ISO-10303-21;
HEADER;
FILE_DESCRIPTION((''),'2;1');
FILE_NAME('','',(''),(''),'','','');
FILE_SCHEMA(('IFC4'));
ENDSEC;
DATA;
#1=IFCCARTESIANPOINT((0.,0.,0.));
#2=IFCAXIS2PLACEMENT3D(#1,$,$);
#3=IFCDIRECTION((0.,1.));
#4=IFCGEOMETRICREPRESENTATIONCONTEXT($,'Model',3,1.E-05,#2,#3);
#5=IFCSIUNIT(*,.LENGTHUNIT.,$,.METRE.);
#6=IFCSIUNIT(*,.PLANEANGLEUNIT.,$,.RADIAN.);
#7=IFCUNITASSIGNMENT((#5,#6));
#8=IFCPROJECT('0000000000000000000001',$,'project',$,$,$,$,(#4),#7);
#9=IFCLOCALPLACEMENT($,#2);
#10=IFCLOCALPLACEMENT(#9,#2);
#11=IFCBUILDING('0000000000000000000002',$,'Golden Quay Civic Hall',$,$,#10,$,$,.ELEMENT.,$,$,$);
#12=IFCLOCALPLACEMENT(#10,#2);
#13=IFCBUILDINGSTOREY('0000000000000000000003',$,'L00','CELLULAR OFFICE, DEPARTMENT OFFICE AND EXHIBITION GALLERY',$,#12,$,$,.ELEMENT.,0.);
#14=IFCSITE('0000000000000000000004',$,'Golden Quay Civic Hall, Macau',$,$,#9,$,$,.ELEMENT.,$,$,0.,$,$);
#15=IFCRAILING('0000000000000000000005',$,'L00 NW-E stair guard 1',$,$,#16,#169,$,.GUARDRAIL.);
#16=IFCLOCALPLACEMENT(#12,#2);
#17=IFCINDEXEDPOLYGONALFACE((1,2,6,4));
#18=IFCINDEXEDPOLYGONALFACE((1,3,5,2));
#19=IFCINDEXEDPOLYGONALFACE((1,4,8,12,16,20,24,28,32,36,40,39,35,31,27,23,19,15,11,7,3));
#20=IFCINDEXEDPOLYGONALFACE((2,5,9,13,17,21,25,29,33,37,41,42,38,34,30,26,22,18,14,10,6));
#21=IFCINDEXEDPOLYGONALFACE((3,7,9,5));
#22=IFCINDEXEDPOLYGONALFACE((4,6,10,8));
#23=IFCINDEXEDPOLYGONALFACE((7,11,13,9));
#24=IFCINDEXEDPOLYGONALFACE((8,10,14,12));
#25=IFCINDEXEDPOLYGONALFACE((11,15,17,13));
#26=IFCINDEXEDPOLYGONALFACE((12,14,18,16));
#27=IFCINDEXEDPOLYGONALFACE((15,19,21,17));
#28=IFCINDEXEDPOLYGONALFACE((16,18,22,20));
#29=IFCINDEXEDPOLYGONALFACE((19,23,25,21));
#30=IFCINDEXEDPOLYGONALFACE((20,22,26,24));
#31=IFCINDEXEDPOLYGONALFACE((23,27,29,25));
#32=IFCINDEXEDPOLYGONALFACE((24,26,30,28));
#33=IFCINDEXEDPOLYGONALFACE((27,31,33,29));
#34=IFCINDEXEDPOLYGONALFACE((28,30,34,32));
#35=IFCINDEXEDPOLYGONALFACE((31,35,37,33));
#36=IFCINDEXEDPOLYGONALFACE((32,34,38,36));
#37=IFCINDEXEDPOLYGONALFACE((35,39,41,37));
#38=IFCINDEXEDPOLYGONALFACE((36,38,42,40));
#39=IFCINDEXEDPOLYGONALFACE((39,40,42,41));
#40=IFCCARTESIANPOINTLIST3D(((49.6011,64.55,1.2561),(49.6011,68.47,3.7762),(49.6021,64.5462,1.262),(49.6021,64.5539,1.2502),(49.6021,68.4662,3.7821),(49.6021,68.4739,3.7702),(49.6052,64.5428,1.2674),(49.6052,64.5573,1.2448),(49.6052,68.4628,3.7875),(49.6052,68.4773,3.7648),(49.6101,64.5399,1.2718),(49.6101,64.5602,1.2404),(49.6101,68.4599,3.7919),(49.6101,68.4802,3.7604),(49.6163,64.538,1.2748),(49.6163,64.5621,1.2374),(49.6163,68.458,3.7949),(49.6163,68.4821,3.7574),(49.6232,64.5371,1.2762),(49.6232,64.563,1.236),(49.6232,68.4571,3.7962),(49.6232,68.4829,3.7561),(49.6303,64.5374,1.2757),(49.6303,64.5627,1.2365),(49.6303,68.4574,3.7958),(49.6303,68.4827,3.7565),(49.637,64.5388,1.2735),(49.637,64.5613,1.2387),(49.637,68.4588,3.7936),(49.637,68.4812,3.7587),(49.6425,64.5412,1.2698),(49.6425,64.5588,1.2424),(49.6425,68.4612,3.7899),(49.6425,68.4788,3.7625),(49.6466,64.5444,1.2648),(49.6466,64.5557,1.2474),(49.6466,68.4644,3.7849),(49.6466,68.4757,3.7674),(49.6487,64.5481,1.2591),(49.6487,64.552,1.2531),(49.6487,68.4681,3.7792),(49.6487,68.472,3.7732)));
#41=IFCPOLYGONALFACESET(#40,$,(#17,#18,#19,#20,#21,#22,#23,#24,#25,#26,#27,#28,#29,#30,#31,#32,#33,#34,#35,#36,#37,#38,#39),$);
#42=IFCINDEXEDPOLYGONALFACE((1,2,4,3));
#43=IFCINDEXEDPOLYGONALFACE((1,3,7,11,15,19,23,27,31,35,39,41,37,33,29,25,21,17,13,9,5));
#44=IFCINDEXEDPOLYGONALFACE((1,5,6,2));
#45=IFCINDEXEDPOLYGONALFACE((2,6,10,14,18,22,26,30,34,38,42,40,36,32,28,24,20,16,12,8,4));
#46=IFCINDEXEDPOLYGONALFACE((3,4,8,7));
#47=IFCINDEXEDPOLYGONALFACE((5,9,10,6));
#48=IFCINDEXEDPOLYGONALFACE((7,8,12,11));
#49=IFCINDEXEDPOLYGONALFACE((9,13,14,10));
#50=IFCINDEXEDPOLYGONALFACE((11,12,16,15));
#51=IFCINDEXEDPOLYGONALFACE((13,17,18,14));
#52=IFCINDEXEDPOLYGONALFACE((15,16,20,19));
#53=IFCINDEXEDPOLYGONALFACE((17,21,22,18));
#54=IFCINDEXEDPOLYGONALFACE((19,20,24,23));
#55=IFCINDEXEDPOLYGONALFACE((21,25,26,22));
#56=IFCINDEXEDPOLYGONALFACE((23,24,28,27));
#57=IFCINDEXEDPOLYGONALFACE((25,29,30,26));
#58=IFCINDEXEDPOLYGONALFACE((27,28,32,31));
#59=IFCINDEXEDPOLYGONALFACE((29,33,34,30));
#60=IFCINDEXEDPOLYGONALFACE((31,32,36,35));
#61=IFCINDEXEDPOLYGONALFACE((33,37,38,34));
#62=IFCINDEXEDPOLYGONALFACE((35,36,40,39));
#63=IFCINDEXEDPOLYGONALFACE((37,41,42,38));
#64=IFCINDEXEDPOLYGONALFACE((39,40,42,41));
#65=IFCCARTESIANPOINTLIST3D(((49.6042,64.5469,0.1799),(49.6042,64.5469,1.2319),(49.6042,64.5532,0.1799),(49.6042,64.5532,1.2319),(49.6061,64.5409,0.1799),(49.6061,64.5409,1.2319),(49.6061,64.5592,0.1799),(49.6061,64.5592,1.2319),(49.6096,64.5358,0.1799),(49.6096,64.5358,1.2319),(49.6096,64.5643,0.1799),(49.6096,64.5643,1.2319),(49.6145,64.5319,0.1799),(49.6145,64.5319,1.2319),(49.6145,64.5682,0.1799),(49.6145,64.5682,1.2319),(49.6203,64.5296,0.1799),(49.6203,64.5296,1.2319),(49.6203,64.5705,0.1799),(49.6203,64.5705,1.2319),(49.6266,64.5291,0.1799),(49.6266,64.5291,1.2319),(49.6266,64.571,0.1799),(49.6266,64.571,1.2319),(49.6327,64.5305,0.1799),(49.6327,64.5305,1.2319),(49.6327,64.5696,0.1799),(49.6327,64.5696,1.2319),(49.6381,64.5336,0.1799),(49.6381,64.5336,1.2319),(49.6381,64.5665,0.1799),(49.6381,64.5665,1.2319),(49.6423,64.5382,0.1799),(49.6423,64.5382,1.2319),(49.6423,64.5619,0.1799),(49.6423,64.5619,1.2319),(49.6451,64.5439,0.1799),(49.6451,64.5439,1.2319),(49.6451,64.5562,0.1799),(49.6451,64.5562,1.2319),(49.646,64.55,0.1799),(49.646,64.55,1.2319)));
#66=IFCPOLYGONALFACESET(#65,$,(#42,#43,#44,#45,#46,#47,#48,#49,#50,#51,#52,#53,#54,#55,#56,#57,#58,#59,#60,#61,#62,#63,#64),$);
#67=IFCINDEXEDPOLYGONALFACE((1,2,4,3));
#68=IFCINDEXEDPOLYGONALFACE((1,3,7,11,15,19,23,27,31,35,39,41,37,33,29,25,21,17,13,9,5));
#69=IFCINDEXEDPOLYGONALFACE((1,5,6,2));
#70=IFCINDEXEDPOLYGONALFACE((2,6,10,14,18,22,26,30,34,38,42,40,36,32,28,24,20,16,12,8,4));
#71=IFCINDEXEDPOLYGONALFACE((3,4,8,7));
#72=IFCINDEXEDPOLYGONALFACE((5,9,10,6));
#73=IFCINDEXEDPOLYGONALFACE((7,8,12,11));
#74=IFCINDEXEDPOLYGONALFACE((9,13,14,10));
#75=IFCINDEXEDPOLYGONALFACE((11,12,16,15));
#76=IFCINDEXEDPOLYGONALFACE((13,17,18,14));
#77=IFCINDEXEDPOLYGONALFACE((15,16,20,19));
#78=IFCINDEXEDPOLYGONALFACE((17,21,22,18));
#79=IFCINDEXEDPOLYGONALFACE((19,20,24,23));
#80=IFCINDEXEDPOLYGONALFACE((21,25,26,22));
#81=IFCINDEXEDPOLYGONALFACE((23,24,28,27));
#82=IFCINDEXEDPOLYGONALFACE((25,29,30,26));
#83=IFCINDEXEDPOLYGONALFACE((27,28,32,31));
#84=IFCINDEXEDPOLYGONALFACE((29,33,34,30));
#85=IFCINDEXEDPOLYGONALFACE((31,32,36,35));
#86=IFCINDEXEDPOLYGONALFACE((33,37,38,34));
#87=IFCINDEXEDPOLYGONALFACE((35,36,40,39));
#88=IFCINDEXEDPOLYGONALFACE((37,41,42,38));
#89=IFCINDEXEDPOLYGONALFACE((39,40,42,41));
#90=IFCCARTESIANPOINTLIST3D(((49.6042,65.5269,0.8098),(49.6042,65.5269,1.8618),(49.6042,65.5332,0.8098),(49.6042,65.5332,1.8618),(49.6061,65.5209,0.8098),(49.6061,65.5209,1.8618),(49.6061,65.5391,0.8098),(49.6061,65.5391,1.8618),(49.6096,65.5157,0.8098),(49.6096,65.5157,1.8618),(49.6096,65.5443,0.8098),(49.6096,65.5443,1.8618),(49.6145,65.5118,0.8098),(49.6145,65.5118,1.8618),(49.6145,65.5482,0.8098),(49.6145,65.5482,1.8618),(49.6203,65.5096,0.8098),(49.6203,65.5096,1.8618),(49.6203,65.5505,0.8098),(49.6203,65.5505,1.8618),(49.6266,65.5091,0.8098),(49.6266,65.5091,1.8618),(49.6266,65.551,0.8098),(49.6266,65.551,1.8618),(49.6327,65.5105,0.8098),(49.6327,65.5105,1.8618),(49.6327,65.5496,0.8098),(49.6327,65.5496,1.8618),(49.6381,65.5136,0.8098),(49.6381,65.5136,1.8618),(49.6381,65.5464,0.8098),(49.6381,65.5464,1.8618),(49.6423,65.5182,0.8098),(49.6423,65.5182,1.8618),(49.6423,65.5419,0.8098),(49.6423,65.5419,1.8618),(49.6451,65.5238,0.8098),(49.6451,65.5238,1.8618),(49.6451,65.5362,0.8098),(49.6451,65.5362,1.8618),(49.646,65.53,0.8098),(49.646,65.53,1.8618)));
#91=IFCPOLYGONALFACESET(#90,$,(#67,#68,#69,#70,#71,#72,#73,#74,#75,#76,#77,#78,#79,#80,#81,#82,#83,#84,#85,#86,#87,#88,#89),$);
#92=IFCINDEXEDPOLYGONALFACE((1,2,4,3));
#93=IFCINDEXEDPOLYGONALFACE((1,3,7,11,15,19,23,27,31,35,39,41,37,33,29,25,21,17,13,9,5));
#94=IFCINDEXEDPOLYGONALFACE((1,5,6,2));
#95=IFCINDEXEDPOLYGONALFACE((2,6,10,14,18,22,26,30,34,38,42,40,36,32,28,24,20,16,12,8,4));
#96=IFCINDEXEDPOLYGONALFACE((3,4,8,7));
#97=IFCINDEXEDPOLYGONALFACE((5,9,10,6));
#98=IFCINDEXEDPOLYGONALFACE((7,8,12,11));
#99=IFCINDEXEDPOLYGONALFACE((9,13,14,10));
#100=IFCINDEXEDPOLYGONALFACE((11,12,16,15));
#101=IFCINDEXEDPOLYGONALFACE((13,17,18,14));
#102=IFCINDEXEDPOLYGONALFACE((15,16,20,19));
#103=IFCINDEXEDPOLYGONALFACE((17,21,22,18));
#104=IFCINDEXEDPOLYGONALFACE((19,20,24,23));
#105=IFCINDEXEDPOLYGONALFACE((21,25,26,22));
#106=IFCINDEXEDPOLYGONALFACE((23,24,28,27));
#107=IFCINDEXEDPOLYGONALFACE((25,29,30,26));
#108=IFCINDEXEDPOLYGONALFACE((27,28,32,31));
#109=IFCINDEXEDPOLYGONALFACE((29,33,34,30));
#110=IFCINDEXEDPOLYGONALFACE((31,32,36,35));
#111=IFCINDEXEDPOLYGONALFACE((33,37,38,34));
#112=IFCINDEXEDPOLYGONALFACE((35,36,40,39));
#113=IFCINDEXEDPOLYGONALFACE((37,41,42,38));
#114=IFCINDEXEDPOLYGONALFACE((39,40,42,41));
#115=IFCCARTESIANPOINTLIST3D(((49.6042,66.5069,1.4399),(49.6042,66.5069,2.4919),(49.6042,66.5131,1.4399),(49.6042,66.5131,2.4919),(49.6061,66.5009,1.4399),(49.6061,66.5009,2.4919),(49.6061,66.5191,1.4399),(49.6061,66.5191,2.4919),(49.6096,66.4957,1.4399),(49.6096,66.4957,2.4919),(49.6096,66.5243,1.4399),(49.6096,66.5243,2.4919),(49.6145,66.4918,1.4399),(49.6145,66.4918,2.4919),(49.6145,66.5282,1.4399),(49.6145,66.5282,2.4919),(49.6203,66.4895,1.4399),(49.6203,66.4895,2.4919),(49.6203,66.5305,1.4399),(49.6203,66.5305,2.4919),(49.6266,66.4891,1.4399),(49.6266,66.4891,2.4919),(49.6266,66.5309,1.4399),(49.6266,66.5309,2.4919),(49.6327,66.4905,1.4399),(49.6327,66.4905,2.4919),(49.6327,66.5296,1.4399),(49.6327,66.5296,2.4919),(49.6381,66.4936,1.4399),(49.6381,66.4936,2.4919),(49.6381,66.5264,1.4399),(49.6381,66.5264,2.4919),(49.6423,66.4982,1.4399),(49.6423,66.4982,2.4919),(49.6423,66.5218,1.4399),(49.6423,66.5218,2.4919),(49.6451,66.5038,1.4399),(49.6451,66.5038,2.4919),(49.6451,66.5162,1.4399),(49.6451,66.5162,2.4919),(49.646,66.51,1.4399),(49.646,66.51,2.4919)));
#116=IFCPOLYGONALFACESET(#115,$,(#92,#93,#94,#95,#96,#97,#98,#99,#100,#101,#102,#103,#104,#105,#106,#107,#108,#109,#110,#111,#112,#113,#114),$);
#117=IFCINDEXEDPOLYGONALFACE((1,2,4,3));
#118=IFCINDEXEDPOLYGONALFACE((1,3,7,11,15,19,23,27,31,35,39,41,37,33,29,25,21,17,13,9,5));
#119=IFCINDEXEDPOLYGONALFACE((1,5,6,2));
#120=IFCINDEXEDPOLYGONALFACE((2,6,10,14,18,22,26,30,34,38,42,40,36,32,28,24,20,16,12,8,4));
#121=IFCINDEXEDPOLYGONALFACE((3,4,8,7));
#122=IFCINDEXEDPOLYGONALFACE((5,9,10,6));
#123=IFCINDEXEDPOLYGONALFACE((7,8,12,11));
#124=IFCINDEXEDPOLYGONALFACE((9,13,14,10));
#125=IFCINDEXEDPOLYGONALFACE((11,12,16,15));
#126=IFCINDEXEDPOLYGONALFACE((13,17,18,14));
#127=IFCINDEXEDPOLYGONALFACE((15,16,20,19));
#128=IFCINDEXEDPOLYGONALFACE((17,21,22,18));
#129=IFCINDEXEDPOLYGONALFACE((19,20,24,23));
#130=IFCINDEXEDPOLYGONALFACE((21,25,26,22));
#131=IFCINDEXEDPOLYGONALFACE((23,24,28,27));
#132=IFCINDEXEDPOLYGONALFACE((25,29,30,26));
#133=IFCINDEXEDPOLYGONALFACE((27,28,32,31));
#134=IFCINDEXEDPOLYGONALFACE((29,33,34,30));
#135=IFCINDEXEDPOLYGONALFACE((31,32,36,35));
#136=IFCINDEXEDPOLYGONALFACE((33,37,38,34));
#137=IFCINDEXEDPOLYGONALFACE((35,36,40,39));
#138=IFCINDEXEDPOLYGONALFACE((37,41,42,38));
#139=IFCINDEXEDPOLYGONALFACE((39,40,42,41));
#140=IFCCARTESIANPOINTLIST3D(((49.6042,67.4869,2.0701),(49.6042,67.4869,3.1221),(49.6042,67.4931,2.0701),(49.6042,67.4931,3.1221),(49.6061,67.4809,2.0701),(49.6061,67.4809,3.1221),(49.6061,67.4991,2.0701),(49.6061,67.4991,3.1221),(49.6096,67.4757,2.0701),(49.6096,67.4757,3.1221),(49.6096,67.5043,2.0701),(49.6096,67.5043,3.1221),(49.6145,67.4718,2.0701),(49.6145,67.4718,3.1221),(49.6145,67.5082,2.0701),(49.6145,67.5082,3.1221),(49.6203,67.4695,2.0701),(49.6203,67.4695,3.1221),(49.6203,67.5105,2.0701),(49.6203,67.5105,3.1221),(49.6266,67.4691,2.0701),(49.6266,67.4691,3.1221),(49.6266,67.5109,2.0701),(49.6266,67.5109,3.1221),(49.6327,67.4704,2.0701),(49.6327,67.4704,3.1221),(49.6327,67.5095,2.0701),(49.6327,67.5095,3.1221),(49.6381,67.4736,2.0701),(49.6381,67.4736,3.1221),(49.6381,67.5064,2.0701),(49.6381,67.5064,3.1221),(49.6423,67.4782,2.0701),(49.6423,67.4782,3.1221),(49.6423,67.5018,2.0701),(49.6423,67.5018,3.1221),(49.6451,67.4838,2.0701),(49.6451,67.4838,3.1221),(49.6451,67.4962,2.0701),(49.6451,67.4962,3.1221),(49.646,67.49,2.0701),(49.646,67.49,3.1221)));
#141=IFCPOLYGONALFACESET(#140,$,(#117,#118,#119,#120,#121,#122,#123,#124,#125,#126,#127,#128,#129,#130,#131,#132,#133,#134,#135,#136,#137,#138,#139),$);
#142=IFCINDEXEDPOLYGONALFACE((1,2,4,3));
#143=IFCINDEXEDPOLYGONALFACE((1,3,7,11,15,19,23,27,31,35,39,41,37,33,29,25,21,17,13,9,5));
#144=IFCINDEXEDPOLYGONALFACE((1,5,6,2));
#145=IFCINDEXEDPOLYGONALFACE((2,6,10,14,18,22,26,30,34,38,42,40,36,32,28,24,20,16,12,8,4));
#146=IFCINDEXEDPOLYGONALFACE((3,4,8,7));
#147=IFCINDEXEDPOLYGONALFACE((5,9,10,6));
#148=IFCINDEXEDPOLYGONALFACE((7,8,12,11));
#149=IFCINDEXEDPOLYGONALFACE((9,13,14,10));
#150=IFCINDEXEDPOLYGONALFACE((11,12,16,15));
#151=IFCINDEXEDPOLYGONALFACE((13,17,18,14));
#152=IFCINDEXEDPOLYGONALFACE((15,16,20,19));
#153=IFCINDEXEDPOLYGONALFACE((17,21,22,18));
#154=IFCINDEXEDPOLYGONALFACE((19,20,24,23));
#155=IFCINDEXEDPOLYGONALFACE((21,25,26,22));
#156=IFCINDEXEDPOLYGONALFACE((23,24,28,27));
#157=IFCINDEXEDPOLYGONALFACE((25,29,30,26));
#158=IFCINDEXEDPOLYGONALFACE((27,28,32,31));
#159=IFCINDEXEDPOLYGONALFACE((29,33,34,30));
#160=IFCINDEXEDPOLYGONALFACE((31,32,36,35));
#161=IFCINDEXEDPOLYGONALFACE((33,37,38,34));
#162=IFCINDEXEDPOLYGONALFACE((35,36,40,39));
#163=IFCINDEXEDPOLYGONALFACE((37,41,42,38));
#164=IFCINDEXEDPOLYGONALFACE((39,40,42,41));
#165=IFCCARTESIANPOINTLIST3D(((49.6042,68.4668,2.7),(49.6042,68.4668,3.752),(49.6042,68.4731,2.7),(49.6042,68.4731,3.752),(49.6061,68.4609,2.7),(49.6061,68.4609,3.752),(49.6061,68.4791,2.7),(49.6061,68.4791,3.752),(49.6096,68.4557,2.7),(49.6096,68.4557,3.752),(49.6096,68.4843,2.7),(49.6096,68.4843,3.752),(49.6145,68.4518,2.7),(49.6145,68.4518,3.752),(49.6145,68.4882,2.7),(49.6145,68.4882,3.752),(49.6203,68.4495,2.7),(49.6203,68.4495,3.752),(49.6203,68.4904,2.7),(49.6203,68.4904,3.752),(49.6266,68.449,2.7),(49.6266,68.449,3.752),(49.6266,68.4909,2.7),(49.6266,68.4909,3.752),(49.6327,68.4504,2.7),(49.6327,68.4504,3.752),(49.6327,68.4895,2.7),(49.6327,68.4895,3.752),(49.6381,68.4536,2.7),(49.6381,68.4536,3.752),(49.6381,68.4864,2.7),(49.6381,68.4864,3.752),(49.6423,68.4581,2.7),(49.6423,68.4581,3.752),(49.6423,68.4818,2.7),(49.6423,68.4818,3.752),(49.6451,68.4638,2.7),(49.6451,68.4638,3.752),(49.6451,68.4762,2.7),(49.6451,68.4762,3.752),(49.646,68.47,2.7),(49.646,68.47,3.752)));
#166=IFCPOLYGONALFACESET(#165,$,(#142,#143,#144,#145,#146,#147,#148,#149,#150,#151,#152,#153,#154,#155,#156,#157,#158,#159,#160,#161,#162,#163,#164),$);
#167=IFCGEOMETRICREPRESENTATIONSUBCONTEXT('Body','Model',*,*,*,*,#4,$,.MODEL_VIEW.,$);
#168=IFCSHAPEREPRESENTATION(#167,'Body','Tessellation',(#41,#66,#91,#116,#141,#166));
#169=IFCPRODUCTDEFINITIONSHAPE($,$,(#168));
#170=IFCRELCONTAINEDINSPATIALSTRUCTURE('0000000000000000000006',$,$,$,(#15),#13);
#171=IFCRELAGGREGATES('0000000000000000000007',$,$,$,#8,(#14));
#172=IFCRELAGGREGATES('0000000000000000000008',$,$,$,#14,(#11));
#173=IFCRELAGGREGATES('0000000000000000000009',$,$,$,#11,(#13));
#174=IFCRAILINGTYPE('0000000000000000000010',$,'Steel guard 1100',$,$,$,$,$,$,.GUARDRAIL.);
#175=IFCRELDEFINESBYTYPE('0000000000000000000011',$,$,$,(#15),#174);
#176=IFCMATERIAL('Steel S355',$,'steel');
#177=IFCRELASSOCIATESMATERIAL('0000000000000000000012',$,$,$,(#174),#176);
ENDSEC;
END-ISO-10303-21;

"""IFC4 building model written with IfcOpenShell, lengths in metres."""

from ifc_helpers import new_model, si_unit, direction, frame, origin, origin_2d, place, context, subcontext, project, spatial, circle, extrude, material, type_object, element, save


model = new_model("IFC4")

# Units and contexts
model_context = context("Model", 3, precision=1e-05, world=origin(), true_north=direction((0.0, 1.0)))
body_context = subcontext(model_context, "Body", "Model", "MODEL_VIEW")
ifc_project = project(units=[si_unit("LENGTHUNIT", "METRE"), si_unit("PLANEANGLEUNIT", "RADIAN")], contexts=[model_context])

# Site, building, storey
site_placement = place(None, origin())
site = spatial("IfcSite", under=ifc_project, at=site_placement, Name="Golden Quay Civic Hall, Macau", CompositionType="ELEMENT", RefElevation=0.0)
building_placement = place(site_placement, origin())
building = spatial("IfcBuilding", under=site, at=building_placement, Name="Golden Quay Civic Hall", CompositionType="ELEMENT")
storey_placement = place(building_placement, origin())
storey = spatial("IfcBuildingStorey", under=building, at=storey_placement, Name="L00", Description="CELLULAR OFFICE, DEPARTMENT OFFICE AND EXHIBITION GALLERY", CompositionType="ELEMENT", Elevation=0.0)

# Railing
ifc_material_1 = material(Name="Steel S355", Category="steel")
railing_type_1 = type_object("IfcRailingType", Name="Steel guard 1100", PredefinedType="GUARDRAIL", material=ifc_material_1)
railing_1_placement = place(storey_placement, frame((49.625, 64.55, 0.1799)))
element("IfcRailing", 1, at=railing_1_placement, inside=storey, type_object=railing_type_1, Name="L00 NW-E stair guard 1", PredefinedType="GUARDRAIL", context=body_context, shape_type="SweptSolid", body=[
    extrude(circle(Radius=0.0239, at=origin_2d()), frame((0.0, 0.0, 1.0762), z_axis=(0.0, 0.841172, 0.540768), x_axis=(-1.0, 0.0, 0.0)), (0.0, 0.0, 1.0), 4.6602),
    extrude(circle(Radius=0.021, at=origin_2d()), origin(), (0.0, 0.0, 1.0), 1.052),
    extrude(circle(Radius=0.021, at=origin_2d()), frame((0.0, 0.98, 0.6299)), (0.0, 0.0, 1.0), 1.052),
    extrude(circle(Radius=0.021, at=origin_2d()), frame((0.0, 1.96, 1.26)), (0.0, 0.0, 1.0), 1.052),
    extrude(circle(Radius=0.021, at=origin_2d()), frame((0.0, 2.9399, 1.8901)), (0.0, 0.0, 1.0), 1.052),
    extrude(circle(Radius=0.021, at=origin_2d()), frame((0.0, 3.9199, 2.52)), (0.0, 0.0, 1.0), 1.052),
])

save(model, "model.ifc")
